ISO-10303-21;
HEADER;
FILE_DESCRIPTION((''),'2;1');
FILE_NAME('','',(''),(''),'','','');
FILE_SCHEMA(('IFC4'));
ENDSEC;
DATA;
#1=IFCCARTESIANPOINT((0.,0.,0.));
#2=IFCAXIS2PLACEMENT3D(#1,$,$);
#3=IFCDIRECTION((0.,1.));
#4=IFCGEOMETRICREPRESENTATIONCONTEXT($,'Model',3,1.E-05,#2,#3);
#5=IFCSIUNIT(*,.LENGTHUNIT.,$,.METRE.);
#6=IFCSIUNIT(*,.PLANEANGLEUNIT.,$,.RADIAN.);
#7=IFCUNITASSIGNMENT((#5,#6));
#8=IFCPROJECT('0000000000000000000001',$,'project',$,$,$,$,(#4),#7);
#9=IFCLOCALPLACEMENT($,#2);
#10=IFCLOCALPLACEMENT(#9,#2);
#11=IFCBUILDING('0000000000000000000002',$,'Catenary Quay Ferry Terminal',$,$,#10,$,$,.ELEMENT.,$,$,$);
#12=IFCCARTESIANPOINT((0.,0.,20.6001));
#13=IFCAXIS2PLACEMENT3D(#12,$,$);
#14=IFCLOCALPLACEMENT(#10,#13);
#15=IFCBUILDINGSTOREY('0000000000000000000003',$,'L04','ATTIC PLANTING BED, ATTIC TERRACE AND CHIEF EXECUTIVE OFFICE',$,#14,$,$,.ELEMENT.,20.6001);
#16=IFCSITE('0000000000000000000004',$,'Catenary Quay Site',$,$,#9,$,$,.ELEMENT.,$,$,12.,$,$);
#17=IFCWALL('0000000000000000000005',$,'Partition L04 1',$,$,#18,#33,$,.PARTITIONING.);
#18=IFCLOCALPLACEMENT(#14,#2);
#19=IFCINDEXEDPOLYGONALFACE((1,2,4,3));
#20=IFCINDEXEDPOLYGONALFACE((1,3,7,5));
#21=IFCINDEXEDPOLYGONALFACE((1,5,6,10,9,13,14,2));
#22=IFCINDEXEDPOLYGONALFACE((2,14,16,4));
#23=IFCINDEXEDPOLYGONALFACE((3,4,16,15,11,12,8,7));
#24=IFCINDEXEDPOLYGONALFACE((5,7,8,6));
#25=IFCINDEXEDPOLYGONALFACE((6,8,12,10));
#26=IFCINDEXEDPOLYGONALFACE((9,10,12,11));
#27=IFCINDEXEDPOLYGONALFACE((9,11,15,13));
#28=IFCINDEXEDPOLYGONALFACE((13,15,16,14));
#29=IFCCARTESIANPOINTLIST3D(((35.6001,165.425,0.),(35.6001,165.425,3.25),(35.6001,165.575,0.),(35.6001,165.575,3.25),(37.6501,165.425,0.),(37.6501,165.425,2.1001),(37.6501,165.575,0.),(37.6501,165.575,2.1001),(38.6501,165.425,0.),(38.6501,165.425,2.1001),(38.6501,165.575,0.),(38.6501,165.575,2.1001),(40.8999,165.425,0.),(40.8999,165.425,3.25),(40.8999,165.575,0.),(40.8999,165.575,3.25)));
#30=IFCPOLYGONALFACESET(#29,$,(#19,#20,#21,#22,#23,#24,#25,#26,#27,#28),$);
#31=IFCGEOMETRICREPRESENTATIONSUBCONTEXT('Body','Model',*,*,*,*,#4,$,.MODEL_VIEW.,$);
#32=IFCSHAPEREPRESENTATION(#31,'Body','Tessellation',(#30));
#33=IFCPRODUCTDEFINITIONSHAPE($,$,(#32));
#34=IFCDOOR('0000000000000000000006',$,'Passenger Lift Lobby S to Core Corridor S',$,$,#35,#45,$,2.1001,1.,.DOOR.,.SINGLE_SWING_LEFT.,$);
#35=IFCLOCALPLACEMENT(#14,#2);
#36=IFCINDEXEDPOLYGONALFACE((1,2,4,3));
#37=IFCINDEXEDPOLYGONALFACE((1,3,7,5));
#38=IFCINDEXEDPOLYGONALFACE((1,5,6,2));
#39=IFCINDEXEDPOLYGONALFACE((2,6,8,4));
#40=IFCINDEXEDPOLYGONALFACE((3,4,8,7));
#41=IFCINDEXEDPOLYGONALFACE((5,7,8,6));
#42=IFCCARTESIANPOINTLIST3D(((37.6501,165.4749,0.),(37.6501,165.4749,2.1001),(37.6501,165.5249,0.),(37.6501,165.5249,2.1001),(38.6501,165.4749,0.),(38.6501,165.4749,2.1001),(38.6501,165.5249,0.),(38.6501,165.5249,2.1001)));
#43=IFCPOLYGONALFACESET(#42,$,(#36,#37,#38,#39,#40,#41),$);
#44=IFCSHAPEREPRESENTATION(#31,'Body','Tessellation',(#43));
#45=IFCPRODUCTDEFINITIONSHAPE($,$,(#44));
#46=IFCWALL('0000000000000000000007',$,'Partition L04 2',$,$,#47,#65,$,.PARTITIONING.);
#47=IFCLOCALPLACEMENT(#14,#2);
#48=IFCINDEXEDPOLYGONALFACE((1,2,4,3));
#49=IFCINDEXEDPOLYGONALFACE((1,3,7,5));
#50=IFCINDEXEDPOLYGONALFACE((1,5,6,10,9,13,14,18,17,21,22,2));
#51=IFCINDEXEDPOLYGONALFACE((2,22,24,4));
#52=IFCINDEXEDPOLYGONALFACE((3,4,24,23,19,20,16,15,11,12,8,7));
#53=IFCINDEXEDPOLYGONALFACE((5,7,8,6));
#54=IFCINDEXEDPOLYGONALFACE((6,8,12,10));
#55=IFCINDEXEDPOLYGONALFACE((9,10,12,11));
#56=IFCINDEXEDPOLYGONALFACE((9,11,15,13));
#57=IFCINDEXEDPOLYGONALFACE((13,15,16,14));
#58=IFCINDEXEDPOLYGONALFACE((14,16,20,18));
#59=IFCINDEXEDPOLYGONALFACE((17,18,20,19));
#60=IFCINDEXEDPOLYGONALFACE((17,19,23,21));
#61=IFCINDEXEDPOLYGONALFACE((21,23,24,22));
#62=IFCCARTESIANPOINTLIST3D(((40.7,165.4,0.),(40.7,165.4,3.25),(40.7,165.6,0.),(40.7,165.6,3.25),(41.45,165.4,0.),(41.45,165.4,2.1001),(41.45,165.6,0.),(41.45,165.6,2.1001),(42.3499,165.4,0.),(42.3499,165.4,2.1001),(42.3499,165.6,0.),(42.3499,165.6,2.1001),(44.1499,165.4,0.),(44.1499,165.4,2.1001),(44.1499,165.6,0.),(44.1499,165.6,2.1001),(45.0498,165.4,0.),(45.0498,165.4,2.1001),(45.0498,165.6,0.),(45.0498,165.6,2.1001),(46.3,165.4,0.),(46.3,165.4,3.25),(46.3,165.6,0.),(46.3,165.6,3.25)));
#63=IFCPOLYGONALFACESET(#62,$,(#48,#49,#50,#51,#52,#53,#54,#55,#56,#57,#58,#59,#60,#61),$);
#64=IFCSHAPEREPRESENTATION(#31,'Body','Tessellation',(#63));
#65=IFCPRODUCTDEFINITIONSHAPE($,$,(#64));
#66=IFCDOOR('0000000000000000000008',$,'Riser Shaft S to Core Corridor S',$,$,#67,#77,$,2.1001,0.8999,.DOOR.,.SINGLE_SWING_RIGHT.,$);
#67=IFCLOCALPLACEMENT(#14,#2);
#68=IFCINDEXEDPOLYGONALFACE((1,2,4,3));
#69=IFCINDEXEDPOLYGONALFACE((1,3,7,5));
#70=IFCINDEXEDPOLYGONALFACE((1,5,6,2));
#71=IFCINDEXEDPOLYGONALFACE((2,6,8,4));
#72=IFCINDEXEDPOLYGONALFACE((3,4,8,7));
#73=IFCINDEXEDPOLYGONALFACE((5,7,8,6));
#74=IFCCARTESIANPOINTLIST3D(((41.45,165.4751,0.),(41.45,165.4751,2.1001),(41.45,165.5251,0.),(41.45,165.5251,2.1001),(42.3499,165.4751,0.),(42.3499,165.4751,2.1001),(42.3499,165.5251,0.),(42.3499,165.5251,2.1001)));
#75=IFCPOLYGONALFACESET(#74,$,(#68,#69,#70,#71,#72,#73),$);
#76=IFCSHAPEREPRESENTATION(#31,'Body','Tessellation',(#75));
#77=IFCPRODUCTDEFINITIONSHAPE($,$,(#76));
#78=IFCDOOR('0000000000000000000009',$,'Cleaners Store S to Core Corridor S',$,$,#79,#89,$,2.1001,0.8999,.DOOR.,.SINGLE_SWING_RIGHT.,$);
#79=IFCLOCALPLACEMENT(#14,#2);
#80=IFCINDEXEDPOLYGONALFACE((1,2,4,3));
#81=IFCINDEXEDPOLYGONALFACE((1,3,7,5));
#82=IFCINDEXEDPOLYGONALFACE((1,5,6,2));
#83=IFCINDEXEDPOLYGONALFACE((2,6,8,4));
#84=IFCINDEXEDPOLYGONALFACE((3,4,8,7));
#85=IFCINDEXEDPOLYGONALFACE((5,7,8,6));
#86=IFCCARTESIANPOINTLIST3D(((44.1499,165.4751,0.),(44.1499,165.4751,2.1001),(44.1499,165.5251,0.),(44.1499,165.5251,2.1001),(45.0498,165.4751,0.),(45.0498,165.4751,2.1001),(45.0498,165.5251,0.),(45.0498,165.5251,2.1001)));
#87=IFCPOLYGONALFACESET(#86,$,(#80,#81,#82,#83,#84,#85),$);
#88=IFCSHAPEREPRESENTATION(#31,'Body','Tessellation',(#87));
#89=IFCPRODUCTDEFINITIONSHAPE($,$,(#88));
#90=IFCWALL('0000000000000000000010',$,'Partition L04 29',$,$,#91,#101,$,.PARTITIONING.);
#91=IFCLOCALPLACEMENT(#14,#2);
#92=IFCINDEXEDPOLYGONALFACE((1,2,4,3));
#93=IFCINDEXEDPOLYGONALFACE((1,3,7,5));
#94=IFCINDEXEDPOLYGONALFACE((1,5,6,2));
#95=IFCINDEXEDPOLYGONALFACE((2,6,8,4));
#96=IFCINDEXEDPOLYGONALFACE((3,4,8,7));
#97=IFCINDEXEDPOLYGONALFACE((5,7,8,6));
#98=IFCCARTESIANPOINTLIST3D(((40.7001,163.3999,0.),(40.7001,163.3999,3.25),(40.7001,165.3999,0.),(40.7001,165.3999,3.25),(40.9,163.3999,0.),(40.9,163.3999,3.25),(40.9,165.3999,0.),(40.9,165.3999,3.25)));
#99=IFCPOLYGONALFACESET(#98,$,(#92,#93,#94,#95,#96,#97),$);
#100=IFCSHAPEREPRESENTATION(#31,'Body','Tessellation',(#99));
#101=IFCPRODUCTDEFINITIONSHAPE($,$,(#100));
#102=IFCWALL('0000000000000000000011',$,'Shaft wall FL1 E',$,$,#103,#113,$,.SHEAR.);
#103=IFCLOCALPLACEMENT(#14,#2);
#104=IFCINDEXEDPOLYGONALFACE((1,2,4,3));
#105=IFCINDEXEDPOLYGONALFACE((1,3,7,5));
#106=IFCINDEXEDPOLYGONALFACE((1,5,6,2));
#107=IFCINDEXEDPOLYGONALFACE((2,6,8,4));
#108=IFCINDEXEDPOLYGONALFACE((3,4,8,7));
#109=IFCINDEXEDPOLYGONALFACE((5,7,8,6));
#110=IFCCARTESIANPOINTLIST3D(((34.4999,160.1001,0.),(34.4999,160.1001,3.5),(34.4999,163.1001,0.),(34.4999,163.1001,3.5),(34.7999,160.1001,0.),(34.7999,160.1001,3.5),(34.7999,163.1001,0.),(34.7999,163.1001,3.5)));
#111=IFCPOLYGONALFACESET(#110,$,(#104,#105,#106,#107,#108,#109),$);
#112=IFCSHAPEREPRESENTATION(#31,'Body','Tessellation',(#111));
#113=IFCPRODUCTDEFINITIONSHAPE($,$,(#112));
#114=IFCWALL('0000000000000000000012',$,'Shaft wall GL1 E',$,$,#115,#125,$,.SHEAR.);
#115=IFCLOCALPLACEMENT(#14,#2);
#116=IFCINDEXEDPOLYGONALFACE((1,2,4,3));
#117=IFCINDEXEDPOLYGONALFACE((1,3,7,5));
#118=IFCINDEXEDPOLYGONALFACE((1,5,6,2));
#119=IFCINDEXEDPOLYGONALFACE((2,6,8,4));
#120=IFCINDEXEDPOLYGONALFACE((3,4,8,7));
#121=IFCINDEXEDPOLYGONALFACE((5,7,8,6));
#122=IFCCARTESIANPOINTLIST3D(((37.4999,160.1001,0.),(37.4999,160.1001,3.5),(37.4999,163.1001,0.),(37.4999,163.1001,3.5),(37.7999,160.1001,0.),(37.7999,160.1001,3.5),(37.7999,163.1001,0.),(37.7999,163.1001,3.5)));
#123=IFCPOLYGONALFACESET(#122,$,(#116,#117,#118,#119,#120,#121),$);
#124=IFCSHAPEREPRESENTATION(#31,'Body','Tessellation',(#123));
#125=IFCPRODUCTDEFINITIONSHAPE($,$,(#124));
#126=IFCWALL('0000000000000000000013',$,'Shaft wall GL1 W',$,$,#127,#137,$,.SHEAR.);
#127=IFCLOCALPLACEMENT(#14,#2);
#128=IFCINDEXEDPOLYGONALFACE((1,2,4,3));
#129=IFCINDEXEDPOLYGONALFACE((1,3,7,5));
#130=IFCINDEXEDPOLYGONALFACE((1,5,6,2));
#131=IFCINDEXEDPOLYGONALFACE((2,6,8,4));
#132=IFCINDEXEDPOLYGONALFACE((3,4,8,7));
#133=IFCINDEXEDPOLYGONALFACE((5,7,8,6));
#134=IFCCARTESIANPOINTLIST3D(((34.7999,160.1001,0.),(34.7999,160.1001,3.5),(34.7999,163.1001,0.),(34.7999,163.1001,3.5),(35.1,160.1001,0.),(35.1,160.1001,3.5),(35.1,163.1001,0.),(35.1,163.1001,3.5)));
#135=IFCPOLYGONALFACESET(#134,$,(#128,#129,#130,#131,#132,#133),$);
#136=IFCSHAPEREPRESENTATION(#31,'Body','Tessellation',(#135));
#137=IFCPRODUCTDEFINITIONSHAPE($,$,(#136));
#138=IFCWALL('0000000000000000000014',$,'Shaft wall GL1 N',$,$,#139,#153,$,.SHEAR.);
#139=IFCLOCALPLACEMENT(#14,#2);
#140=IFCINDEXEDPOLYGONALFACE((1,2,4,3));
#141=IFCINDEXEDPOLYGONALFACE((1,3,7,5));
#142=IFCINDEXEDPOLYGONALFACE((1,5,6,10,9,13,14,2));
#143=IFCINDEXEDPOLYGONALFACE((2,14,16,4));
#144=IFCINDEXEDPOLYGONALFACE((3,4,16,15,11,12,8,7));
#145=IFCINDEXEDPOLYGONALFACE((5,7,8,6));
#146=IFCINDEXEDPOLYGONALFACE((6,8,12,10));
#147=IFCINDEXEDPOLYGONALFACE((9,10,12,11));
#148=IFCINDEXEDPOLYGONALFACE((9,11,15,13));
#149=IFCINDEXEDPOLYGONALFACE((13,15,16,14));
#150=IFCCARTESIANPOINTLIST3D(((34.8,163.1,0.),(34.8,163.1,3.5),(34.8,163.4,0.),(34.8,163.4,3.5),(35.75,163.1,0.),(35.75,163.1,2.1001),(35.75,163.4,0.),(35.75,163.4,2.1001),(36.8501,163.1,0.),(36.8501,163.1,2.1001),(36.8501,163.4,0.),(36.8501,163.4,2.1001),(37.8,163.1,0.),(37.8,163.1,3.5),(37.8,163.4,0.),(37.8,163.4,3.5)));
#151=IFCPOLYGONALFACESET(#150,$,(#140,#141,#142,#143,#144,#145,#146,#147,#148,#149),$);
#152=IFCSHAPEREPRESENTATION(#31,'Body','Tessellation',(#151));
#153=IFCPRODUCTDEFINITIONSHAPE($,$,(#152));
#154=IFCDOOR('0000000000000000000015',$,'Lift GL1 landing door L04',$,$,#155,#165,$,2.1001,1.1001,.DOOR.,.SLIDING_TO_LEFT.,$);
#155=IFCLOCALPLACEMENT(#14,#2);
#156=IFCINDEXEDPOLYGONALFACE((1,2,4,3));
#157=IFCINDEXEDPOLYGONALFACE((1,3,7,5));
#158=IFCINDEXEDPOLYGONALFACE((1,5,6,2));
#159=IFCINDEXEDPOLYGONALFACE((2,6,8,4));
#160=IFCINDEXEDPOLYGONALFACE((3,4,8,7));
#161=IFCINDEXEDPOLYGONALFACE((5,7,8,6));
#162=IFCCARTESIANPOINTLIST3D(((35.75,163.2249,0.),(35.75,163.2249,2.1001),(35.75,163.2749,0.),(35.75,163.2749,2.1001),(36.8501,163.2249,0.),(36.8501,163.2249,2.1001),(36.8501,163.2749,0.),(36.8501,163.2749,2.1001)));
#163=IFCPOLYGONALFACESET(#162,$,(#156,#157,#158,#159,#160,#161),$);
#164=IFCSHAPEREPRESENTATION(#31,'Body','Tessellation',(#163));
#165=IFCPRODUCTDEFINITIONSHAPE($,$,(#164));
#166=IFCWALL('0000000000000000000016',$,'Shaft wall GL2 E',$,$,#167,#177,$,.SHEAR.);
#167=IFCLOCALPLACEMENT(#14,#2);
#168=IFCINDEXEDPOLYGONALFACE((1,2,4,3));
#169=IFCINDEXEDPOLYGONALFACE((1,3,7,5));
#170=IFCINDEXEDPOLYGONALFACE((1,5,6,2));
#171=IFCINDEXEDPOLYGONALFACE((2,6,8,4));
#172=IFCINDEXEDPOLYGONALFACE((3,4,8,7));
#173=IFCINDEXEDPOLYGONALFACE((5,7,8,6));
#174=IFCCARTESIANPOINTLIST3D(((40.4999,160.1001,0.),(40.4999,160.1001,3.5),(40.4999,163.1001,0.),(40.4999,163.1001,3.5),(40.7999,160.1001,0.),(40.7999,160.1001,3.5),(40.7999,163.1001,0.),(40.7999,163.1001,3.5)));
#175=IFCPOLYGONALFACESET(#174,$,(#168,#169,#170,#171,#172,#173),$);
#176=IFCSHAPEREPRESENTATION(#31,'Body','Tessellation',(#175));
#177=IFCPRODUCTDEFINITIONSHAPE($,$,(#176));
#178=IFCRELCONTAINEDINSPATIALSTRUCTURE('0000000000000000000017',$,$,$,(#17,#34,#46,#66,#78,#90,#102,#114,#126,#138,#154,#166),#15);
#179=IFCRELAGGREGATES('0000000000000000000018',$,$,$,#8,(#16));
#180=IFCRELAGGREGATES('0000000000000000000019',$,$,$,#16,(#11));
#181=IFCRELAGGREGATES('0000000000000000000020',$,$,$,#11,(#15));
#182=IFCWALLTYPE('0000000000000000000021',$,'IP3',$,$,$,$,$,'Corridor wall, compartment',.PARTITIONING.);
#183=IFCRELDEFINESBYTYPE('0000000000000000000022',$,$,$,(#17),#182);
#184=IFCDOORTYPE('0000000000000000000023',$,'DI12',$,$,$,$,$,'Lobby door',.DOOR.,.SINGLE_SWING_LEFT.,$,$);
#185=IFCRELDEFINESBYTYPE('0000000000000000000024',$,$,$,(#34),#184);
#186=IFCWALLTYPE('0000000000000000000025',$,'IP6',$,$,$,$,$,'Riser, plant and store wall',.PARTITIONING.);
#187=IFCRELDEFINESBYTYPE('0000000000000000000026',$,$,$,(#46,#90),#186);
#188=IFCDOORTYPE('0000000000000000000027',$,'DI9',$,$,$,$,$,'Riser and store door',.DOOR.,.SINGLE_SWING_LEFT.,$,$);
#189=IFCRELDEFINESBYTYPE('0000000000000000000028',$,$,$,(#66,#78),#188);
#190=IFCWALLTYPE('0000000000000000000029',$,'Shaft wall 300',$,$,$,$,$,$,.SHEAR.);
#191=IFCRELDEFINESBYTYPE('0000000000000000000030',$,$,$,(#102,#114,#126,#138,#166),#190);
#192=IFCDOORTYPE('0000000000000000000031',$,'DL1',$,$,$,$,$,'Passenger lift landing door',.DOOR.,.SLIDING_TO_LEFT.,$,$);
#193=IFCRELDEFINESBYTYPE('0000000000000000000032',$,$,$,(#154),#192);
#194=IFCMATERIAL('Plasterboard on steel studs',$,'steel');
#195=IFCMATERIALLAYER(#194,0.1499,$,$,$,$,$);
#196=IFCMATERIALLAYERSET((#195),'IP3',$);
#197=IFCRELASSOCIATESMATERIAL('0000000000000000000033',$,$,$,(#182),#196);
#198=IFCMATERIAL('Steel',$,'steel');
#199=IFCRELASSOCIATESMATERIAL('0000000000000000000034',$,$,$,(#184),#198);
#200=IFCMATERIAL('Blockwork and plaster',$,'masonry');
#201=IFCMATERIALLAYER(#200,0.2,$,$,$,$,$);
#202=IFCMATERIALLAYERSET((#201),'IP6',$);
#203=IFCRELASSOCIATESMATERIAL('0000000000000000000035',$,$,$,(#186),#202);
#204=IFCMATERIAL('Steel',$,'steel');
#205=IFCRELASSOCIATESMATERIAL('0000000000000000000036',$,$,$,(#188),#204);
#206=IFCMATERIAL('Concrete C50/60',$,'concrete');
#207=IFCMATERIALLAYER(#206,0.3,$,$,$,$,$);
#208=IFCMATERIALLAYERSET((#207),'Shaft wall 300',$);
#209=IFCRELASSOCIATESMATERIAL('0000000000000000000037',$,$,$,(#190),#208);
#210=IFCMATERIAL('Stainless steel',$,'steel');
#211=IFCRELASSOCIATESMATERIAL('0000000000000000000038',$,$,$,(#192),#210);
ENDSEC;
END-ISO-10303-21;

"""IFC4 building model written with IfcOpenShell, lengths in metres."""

from ifc_helpers import new_model, si_unit, direction, frame, frame_2d, origin, place, context, subcontext, project, spatial, rectangle, extrude, material, layer, layer_set, type_object, element, fill, save


model = new_model("IFC4")

# Units and contexts
model_context = context("Model", 3, precision=1e-05, world=origin(), true_north=direction((0.0, 1.0)))
body_context = subcontext(model_context, "Body", "Model", "MODEL_VIEW")
ifc_project = project(units=[si_unit("LENGTHUNIT", "METRE"), si_unit("PLANEANGLEUNIT", "RADIAN")], contexts=[model_context])

# Site, building, storey
site_placement = place(None, origin())
site = spatial("IfcSite", under=ifc_project, at=site_placement, Name="Catenary Quay Site", CompositionType="ELEMENT", RefElevation=12.0)
building_placement = place(site_placement, origin())
building = spatial("IfcBuilding", under=site, at=building_placement, Name="Catenary Quay Ferry Terminal", CompositionType="ELEMENT")
storey_placement = place(building_placement, frame((0.0, 0.0, 20.6001)))
storey = spatial("IfcBuildingStorey", under=building, at=storey_placement, Name="L04", Description="ATTIC PLANTING BED, ATTIC TERRACE AND CHIEF EXECUTIVE OFFICE", CompositionType="ELEMENT", Elevation=20.6001)

# Wall, opening, door
ifc_material_1 = material(Name="Plasterboard on steel studs", Category="steel")
ifc_layer_1 = layer(ifc_material_1, 0.1499)
ifc_layer_set_1 = layer_set([ifc_layer_1], Name="IP3")
wall_type_1 = type_object("IfcWallType", Name="IP3", ElementType="Corridor wall, compartment", PredefinedType="PARTITIONING", material=ifc_layer_set_1)
wall_1_placement = place(storey_placement, frame((35.6001, 165.5, 0.0), z_axis=(0.0, 0.0, 1.0), x_axis=(1.0, 0.0, 0.0)))
wall_1 = element("IfcWall", 1, at=wall_1_placement, inside=storey, type_object=wall_type_1, Name="Partition L04 1", PredefinedType="PARTITIONING", context=body_context, shape_type="SweptSolid", body=[
    extrude(rectangle(XDim=5.2998, YDim=0.1499, at=frame_2d((2.6499, 0.0))), origin(), (0.0, 0.0, 1.0), 3.25),
])
opening_1_placement = place(wall_1_placement, frame((2.05, 0.0, 0.0)))
opening_1 = element("IfcOpeningElement", 2, at=opening_1_placement, cuts=wall_1, PredefinedType="OPENING", context=body_context, shape_type="SweptSolid", body=[
    extrude(rectangle(XDim=1.0, YDim=2.1001, at=frame_2d((0.5, 1.05))), frame((0.0, 0.085, 0.0), z_axis=(0.0, -1.0, 0.0), x_axis=(1.0, 0.0, 0.0)), (0.0, 0.0, 1.0), 0.1699),
])
ifc_material_2 = material(Name="Steel", Category="steel")
door_type_1 = type_object("IfcDoorType", Name="DI12", ElementType="Lobby door", OperationType="SINGLE_SWING_LEFT", PredefinedType="DOOR", material=ifc_material_2)
door_1_placement = place(opening_1_placement, origin())
door_1 = element("IfcDoor", 3, at=door_1_placement, inside=storey, type_object=door_type_1, Name="Passenger Lift Lobby S to Core Corridor S", OperationType="SINGLE_SWING_LEFT", OverallHeight=2.1001, OverallWidth=1.0, PredefinedType="DOOR", context=body_context, shape_type="SweptSolid", body=[
    extrude(rectangle(XDim=1.0, YDim=2.1001, at=frame_2d((0.5, 1.05))), frame((0.0, 0.0249, 0.0), z_axis=(0.0, -1.0, 0.0), x_axis=(1.0, 0.0, 0.0)), (0.0, 0.0, 1.0), 0.05),
])
fill(opening_1, door_1)

# Wall, openings, doors
ifc_material_3 = material(Name="Blockwork and plaster", Category="masonry")
ifc_layer_2 = layer(ifc_material_3, 0.2)
ifc_layer_set_2 = layer_set([ifc_layer_2], Name="IP6")
wall_type_2 = type_object("IfcWallType", Name="IP6", ElementType="Riser, plant and store wall", PredefinedType="PARTITIONING", material=ifc_layer_set_2)
wall_2_placement = place(storey_placement, frame((40.7, 165.5, 0.0), z_axis=(0.0, 0.0, 1.0), x_axis=(1.0, 0.0, 0.0)))
wall_2 = element("IfcWall", 4, at=wall_2_placement, inside=storey, type_object=wall_type_2, Name="Partition L04 2", PredefinedType="PARTITIONING", context=body_context, shape_type="SweptSolid", body=[
    extrude(rectangle(XDim=5.6001, YDim=0.2, at=frame_2d((2.8, 0.0))), origin(), (0.0, 0.0, 1.0), 3.25),
])
opening_2_placement = place(wall_2_placement, frame((0.75, 0.0, 0.0)))
opening_2 = element("IfcOpeningElement", 5, at=opening_2_placement, cuts=wall_2, PredefinedType="OPENING", context=body_context, shape_type="SweptSolid", body=[
    extrude(rectangle(XDim=0.8999, YDim=2.1001, at=frame_2d((0.45, 1.05))), frame((0.0, 0.1099, 0.0), z_axis=(0.0, -1.0, 0.0), x_axis=(1.0, 0.0, 0.0)), (0.0, 0.0, 1.0), 0.22),
])
opening_3_placement = place(wall_2_placement, frame((3.45, 0.0, 0.0)))
opening_3 = element("IfcOpeningElement", 6, at=opening_3_placement, cuts=wall_2, PredefinedType="OPENING", context=body_context, shape_type="SweptSolid", body=[
    extrude(rectangle(XDim=0.8999, YDim=2.1001, at=frame_2d((0.45, 1.05))), frame((0.0, 0.1099, 0.0), z_axis=(0.0, -1.0, 0.0), x_axis=(1.0, 0.0, 0.0)), (0.0, 0.0, 1.0), 0.22),
])
ifc_material_4 = material(Name="Steel", Category="steel")
door_type_2 = type_object("IfcDoorType", Name="DI9", ElementType="Riser and store door", OperationType="SINGLE_SWING_LEFT", PredefinedType="DOOR", material=ifc_material_4)
door_2_placement = place(opening_2_placement, frame((0.8999, 0.0, 0.0), z_axis=(0.0, 0.0, 1.0), x_axis=(-1.0, 0.0, 0.0)))
door_2 = element("IfcDoor", 7, at=door_2_placement, inside=storey, type_object=door_type_2, Name="Riser Shaft S to Core Corridor S", OperationType="SINGLE_SWING_RIGHT", OverallHeight=2.1001, OverallWidth=0.8999, PredefinedType="DOOR", context=body_context, shape_type="SweptSolid", body=[
    extrude(rectangle(XDim=0.8999, YDim=2.1001, at=frame_2d((0.45, 1.05))), frame((0.0, 0.0249, 0.0), z_axis=(0.0, -1.0, 0.0), x_axis=(1.0, 0.0, 0.0)), (0.0, 0.0, 1.0), 0.05),
])
fill(opening_2, door_2)
door_3_placement = place(opening_3_placement, frame((0.8999, 0.0, 0.0), z_axis=(0.0, 0.0, 1.0), x_axis=(-1.0, 0.0, 0.0)))
door_3 = element("IfcDoor", 8, at=door_3_placement, inside=storey, type_object=door_type_2, Name="Cleaners Store S to Core Corridor S", OperationType="SINGLE_SWING_RIGHT", OverallHeight=2.1001, OverallWidth=0.8999, PredefinedType="DOOR", context=body_context, shape_type="SweptSolid", body=[
    extrude(rectangle(XDim=0.8999, YDim=2.1001, at=frame_2d((0.45, 1.05))), frame((0.0, 0.0249, 0.0), z_axis=(0.0, -1.0, 0.0), x_axis=(1.0, 0.0, 0.0)), (0.0, 0.0, 1.0), 0.05),
])
fill(opening_3, door_3)

# Walls
wall_3_placement = place(storey_placement, frame((40.8, 163.3999, 0.0), z_axis=(0.0, 0.0, 1.0), x_axis=(0.0, 1.0, 0.0)))
element("IfcWall", 9, at=wall_3_placement, inside=storey, type_object=wall_type_2, Name="Partition L04 29", PredefinedType="PARTITIONING", context=body_context, shape_type="SweptSolid", body=[
    extrude(rectangle(XDim=2.0, YDim=0.2, at=frame_2d((1.0, 0.0))), origin(), (0.0, 0.0, 1.0), 3.25),
])
ifc_material_5 = material(Name="Concrete C50/60", Category="concrete")
ifc_layer_3 = layer(ifc_material_5, 0.3)
ifc_layer_set_3 = layer_set([ifc_layer_3], Name="Shaft wall 300")
wall_type_3 = type_object("IfcWallType", Name="Shaft wall 300", PredefinedType="SHEAR", material=ifc_layer_set_3)
for number, where, z_axis, x_axis, name in (
    (10, (34.6499, 160.1001, 0.0), (0.0, 0.0, 1.0), (0.0, 1.0, 0.0), "Shaft wall FL1 E"),
    (11, (37.6499, 160.1001, 0.0), (0.0, 0.0, 1.0), (0.0, 1.0, 0.0), "Shaft wall GL1 E"),
    (12, (34.95, 160.1001, 0.0), (0.0, 0.0, 1.0), (0.0, 1.0, 0.0), "Shaft wall GL1 W"),
):
    element("IfcWall", number, at=place(storey_placement, frame(where, z_axis=z_axis, x_axis=x_axis)), inside=storey, type_object=wall_type_3, Name=name, PredefinedType="SHEAR", context=body_context, shape_type="SweptSolid", body=[
        extrude(rectangle(XDim=3.0, YDim=0.3, at=frame_2d((1.5, 0.0))), origin(), (0.0, 0.0, 1.0), 3.5),
    ])

# Wall, opening, door
wall_4_placement = place(storey_placement, frame((34.8, 163.25, 0.0), z_axis=(0.0, 0.0, 1.0), x_axis=(1.0, 0.0, 0.0)))
wall_4 = element("IfcWall", 13, at=wall_4_placement, inside=storey, type_object=wall_type_3, Name="Shaft wall GL1 N", PredefinedType="SHEAR", context=body_context, shape_type="SweptSolid", body=[
    extrude(rectangle(XDim=3.0, YDim=0.3, at=frame_2d((1.5, 0.0))), origin(), (0.0, 0.0, 1.0), 3.5),
])
opening_4_placement = place(wall_4_placement, frame((0.95, 0.0, 0.0)))
opening_4 = element("IfcOpeningElement", 14, at=opening_4_placement, cuts=wall_4, PredefinedType="OPENING", context=body_context, shape_type="SweptSolid", body=[
    extrude(rectangle(XDim=1.1001, YDim=2.1001, at=frame_2d((0.55, 1.05))), frame((0.0, 0.1599, 0.0), z_axis=(0.0, -1.0, 0.0), x_axis=(1.0, 0.0, 0.0)), (0.0, 0.0, 1.0), 0.3201),
])
ifc_material_6 = material(Name="Stainless steel", Category="steel")
door_type_3 = type_object("IfcDoorType", Name="DL1", ElementType="Passenger lift landing door", OperationType="SLIDING_TO_LEFT", PredefinedType="DOOR", material=ifc_material_6)
door_4_placement = place(opening_4_placement, origin())
door_4 = element("IfcDoor", 15, at=door_4_placement, inside=storey, type_object=door_type_3, Name="Lift GL1 landing door L04", OperationType="SLIDING_TO_LEFT", OverallHeight=2.1001, OverallWidth=1.1001, PredefinedType="DOOR", context=body_context, shape_type="SweptSolid", body=[
    extrude(rectangle(XDim=1.1001, YDim=2.1001, at=frame_2d((0.55, 1.05))), frame((0.0, 0.0249, 0.0), z_axis=(0.0, -1.0, 0.0), x_axis=(1.0, 0.0, 0.0)), (0.0, 0.0, 1.0), 0.05),
])
fill(opening_4, door_4)

# Wall
for number, where, z_axis, x_axis, name in (
    (16, (40.6499, 160.1001, 0.0), (0.0, 0.0, 1.0), (0.0, 1.0, 0.0), "Shaft wall GL2 E"),
):
    element("IfcWall", number, at=place(storey_placement, frame(where, z_axis=z_axis, x_axis=x_axis)), inside=storey, type_object=wall_type_3, Name=name, PredefinedType="SHEAR", context=body_context, shape_type="SweptSolid", body=[
        extrude(rectangle(XDim=3.0, YDim=0.3, at=frame_2d((1.5, 0.0))), origin(), (0.0, 0.0, 1.0), 3.5),
    ])

save(model, "model.ifc")
